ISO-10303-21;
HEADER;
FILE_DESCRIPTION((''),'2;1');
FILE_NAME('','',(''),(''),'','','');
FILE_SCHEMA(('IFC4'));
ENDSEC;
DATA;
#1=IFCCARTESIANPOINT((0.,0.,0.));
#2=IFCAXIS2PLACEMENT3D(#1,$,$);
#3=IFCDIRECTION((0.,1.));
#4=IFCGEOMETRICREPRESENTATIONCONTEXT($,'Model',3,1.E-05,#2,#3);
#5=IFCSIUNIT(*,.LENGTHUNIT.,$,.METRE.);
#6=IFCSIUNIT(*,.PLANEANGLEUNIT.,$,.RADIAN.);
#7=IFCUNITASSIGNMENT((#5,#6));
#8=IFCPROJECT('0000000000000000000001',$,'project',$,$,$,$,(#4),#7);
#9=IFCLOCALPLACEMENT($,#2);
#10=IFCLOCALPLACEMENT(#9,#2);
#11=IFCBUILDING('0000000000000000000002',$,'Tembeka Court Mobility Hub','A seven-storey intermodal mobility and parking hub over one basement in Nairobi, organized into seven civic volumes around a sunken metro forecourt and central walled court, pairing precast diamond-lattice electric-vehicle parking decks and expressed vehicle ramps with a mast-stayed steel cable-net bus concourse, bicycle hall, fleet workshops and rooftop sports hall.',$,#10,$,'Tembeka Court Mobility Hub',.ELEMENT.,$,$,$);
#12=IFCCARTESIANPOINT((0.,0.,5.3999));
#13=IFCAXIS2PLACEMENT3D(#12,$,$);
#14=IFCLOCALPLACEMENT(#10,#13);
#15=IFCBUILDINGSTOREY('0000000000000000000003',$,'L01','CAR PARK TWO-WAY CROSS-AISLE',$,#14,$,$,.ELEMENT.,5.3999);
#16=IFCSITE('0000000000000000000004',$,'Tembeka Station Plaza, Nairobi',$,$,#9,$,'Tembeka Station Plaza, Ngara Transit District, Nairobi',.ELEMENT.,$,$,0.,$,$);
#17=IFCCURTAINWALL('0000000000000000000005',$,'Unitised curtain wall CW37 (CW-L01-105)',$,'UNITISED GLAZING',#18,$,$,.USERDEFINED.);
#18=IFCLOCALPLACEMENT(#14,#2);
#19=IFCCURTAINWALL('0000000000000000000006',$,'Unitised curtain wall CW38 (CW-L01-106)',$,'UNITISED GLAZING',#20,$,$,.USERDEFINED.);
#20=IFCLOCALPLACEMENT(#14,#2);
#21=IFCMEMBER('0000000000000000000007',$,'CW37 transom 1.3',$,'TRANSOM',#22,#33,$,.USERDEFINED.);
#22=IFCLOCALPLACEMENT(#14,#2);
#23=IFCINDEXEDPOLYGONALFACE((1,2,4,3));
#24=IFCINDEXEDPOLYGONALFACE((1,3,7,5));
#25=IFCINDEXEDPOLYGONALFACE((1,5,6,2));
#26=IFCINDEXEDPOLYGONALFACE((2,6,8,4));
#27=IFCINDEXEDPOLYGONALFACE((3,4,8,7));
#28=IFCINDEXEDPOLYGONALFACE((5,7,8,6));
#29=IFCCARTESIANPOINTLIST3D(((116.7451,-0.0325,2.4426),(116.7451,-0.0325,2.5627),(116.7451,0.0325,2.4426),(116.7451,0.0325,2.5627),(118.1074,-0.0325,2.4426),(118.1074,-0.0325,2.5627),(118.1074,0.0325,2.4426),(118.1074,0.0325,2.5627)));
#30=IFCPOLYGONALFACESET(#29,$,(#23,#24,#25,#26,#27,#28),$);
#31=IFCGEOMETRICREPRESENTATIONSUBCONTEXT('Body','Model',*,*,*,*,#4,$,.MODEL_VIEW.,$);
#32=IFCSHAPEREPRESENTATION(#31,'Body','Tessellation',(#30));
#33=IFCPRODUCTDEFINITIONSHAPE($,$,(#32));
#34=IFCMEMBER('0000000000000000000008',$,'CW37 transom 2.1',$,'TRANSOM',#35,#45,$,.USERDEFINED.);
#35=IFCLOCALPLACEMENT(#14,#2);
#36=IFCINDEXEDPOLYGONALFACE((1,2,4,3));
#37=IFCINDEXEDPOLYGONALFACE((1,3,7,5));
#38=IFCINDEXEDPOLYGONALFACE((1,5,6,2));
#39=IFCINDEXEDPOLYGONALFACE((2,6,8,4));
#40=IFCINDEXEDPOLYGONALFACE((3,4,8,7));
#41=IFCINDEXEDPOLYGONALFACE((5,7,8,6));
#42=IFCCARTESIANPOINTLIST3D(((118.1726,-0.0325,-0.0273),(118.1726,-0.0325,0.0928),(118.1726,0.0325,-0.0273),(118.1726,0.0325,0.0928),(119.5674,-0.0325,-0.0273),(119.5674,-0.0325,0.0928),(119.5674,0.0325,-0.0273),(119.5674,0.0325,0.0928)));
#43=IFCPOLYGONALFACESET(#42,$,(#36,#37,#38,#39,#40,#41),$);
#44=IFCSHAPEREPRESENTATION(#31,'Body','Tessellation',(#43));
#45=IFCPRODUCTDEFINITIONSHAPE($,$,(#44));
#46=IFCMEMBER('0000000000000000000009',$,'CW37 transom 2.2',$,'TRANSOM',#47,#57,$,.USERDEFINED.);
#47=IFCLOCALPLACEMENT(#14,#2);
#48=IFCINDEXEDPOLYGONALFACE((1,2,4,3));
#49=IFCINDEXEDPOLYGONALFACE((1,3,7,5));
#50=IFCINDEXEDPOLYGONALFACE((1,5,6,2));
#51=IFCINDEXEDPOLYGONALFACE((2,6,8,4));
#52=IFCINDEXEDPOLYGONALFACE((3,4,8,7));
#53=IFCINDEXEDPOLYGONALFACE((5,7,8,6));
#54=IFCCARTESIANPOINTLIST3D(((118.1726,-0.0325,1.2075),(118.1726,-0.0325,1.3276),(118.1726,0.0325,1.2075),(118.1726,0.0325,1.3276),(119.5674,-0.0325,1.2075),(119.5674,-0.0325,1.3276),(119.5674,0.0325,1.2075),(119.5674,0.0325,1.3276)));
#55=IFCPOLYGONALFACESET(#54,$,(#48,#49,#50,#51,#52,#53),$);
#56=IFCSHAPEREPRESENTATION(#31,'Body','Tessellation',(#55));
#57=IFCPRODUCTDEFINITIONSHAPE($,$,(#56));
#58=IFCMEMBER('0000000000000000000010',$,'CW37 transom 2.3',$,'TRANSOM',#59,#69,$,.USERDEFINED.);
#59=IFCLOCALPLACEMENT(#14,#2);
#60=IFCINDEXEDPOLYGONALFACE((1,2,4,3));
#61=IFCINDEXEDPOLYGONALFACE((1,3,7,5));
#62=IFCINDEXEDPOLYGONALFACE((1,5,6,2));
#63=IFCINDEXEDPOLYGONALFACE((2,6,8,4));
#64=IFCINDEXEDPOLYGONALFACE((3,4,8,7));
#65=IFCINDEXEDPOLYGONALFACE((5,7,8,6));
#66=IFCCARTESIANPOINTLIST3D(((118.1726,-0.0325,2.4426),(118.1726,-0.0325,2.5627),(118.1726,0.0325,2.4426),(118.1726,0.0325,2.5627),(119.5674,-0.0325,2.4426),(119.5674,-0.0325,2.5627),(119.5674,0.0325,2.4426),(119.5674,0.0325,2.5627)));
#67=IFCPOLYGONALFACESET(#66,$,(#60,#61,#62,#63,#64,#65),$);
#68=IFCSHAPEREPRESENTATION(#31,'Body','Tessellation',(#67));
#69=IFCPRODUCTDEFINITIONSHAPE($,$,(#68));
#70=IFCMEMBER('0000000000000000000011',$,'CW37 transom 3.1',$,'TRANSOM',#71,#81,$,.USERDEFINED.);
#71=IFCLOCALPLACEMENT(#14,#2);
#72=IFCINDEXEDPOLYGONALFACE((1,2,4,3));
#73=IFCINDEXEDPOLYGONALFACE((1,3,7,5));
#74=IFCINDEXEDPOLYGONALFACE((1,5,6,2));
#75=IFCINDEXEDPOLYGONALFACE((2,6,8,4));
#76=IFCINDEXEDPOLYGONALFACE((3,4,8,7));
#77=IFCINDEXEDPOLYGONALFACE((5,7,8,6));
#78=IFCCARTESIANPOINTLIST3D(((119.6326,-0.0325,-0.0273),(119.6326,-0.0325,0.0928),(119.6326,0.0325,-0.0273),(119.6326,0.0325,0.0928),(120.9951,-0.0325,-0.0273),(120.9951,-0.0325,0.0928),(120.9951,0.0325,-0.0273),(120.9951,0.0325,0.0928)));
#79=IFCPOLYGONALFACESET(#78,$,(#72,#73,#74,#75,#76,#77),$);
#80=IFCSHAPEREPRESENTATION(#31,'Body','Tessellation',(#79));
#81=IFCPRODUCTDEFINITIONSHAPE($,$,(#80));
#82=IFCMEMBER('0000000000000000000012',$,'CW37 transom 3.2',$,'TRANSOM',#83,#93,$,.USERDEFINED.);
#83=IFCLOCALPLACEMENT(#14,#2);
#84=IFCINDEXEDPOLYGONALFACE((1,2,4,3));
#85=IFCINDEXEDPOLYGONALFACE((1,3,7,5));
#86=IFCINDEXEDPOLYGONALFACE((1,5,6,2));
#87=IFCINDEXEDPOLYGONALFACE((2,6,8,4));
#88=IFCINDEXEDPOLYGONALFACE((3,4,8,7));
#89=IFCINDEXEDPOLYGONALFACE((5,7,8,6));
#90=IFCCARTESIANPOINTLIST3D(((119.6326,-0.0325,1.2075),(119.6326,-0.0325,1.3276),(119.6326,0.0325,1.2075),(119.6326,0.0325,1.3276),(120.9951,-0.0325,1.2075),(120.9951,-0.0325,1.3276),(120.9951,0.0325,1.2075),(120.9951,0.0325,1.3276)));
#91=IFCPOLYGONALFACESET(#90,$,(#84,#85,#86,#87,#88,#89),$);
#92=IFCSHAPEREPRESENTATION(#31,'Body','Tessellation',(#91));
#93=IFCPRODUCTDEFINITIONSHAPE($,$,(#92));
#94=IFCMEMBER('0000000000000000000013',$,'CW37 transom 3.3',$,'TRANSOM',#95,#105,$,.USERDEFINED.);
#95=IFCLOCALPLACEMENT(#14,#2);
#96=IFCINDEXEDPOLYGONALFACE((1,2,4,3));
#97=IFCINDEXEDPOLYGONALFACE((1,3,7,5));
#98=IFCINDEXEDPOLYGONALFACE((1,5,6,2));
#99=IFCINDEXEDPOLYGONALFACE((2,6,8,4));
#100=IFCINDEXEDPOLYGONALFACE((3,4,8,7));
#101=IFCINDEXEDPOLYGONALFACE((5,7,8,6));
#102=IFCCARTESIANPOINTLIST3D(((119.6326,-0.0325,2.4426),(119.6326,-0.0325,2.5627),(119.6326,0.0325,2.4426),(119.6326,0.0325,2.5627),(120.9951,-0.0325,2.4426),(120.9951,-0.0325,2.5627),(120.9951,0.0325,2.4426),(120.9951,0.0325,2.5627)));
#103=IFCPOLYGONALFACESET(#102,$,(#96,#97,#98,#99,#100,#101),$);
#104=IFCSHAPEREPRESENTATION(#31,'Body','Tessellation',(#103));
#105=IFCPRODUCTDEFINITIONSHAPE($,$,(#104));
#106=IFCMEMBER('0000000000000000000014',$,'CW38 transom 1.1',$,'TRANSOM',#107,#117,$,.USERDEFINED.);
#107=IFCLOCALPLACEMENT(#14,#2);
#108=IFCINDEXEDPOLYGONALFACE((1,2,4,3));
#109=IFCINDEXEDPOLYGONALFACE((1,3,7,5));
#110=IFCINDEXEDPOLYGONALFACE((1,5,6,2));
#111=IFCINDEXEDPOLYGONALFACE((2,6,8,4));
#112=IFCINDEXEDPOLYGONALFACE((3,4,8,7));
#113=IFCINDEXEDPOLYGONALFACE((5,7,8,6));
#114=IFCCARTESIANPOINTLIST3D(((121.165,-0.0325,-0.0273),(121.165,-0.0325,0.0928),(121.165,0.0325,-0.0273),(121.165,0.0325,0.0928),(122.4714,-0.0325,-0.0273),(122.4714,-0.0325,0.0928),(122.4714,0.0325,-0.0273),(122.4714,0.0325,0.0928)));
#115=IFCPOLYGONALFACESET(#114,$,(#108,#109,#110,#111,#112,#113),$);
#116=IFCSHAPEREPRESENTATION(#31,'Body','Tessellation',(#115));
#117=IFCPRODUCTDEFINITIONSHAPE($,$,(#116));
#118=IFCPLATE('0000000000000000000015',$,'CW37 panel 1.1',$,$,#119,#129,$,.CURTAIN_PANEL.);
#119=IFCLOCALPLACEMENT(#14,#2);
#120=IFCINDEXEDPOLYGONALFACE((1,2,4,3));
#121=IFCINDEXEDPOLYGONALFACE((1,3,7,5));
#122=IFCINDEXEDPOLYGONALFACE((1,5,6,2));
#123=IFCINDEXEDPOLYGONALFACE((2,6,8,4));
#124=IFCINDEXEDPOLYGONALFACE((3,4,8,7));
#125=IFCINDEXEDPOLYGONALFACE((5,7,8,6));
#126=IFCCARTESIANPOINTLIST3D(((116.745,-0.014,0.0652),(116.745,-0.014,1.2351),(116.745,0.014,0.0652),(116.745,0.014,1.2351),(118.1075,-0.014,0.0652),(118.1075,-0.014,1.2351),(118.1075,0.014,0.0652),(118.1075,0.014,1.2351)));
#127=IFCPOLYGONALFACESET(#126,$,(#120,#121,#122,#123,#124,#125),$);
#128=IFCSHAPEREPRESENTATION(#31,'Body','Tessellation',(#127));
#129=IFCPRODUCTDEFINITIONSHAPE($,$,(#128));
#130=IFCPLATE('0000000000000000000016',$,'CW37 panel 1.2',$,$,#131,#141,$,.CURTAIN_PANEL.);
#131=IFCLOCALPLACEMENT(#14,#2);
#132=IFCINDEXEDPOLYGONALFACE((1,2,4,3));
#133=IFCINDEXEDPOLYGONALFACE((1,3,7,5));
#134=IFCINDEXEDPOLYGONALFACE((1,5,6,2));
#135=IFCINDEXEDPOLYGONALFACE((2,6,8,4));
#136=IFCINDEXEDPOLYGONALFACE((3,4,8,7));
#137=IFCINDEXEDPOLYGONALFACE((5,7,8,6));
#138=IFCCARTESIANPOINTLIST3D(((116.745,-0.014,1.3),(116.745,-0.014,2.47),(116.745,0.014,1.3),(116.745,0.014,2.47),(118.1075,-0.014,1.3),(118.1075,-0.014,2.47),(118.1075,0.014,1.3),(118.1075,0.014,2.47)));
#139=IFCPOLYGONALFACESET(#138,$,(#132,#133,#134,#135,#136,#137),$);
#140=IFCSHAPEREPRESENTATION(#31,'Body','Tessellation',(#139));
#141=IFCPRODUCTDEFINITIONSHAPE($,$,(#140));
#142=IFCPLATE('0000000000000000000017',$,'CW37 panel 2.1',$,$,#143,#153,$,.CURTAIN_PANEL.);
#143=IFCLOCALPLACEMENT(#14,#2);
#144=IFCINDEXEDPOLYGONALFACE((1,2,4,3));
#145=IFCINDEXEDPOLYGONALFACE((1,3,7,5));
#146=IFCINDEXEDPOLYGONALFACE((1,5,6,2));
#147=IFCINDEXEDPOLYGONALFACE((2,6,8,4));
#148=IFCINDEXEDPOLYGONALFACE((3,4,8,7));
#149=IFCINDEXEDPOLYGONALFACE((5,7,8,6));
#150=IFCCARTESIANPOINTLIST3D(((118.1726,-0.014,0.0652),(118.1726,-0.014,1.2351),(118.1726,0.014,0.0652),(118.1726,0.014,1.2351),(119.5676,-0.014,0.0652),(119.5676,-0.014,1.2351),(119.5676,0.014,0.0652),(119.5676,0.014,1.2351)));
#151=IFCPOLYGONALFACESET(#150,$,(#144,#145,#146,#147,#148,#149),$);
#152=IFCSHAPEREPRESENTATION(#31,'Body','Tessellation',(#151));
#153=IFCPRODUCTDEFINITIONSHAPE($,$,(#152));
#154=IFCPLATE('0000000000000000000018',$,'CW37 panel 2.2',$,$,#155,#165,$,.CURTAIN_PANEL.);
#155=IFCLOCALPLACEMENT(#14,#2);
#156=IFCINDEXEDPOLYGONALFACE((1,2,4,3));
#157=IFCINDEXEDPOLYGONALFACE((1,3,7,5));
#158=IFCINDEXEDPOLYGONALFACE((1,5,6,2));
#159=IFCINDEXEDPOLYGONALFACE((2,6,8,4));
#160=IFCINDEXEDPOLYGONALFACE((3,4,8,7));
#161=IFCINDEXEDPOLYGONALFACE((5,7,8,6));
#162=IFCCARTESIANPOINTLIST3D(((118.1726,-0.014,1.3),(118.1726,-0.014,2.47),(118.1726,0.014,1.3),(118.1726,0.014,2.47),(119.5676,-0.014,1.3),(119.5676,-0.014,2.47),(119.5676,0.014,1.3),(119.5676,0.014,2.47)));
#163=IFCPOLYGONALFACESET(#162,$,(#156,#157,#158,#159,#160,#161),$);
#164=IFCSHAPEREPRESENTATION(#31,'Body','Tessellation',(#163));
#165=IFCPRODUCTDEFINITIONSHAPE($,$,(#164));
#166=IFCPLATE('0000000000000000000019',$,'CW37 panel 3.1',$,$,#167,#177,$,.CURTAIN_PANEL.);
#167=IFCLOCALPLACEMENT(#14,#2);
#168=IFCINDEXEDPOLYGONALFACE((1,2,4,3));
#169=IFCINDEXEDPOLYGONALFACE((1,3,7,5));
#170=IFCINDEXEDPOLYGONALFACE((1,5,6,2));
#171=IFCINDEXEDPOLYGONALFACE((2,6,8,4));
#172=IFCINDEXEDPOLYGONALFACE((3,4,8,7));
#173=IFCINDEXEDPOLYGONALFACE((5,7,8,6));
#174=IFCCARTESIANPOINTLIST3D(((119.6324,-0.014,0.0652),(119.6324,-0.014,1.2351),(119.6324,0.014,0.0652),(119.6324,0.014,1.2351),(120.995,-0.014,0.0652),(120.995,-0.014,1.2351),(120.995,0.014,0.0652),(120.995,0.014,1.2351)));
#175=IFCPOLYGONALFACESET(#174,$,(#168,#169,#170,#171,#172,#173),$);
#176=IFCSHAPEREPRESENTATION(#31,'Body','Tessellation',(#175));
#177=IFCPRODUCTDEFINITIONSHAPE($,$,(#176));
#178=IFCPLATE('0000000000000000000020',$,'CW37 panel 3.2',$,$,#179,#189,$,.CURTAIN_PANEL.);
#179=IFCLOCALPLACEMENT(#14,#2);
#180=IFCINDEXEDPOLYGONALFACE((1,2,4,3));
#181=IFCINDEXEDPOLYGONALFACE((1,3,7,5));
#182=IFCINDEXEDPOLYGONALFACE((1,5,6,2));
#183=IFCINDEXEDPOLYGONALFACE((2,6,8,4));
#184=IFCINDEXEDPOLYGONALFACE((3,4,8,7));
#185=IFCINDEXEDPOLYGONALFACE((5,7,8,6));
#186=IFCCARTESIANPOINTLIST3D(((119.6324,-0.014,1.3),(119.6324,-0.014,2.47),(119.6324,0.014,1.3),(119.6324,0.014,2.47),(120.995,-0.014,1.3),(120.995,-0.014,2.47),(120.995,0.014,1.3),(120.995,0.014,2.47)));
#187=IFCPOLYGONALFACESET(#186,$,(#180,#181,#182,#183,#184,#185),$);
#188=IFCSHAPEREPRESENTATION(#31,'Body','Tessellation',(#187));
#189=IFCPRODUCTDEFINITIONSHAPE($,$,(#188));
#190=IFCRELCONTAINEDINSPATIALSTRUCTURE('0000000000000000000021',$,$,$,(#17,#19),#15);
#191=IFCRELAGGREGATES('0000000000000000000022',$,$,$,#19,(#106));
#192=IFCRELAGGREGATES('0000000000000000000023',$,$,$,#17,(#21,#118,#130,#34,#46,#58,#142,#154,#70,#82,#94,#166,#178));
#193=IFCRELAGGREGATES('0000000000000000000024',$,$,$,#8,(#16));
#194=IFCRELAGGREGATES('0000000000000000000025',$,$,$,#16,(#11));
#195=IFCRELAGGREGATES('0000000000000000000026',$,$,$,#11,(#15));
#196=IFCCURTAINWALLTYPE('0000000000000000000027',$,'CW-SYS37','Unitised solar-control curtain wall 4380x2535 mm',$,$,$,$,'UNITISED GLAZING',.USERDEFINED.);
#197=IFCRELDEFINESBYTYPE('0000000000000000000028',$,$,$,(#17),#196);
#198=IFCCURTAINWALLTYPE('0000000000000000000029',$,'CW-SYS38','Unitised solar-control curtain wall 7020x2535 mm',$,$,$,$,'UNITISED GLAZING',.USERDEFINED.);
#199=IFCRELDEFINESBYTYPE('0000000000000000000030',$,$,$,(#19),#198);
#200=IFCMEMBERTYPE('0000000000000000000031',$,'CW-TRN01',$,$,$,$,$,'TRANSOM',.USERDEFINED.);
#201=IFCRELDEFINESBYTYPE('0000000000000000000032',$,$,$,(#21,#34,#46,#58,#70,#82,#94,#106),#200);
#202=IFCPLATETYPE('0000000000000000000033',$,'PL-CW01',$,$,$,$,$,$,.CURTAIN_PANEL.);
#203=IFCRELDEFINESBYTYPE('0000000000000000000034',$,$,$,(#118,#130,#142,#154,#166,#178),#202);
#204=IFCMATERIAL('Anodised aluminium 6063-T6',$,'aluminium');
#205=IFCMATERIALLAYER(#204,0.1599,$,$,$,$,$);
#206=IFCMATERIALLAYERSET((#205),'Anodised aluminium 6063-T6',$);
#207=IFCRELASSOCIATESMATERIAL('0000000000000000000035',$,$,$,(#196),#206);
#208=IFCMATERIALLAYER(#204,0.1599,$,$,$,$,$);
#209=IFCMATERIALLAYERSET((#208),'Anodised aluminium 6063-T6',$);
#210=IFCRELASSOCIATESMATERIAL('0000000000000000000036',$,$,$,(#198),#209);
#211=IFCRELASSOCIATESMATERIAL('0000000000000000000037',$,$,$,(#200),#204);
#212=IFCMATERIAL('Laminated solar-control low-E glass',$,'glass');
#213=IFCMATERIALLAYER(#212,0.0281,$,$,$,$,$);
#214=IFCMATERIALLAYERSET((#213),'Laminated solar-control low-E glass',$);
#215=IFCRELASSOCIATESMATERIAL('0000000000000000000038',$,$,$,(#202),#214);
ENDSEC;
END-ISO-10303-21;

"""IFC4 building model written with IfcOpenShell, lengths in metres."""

from ifc_helpers import new_model, si_unit, direction, frame, origin, origin_2d, place, context, subcontext, project, spatial, rectangle, extrude, material, layer, layer_set, material_profile, profile_set, type_object, element, aggregate, save


model = new_model("IFC4")

# Units and contexts
model_context = context("Model", 3, precision=1e-05, world=origin(), true_north=direction((0.0, 1.0)))
body_context = subcontext(model_context, "Body", "Model", "MODEL_VIEW")
ifc_project = project(units=[si_unit("LENGTHUNIT", "METRE"), si_unit("PLANEANGLEUNIT", "RADIAN")], contexts=[model_context])

# Site, building, storey
site_placement = place(None, origin())
site = spatial("IfcSite", under=ifc_project, at=site_placement, Name="Tembeka Station Plaza, Nairobi", LongName="Tembeka Station Plaza, Ngara Transit District, Nairobi", CompositionType="ELEMENT", RefElevation=0.0)
building_placement = place(site_placement, origin())
building = spatial("IfcBuilding", under=site, at=building_placement, Name="Tembeka Court Mobility Hub", Description="A seven-storey intermodal mobility and parking hub over one basement in Nairobi, organized into seven civic volumes around a sunken metro forecourt and central walled court, pairing precast diamond-lattice electric-vehicle parking decks and expressed vehicle ramps with a mast-stayed steel cable-net bus concourse, bicycle hall, fleet workshops and rooftop sports hall.", LongName="Tembeka Court Mobility Hub", CompositionType="ELEMENT")
storey_placement = place(building_placement, frame((0.0, 0.0, 5.3999)))
storey = spatial("IfcBuildingStorey", under=building, at=storey_placement, Name="L01", Description="CAR PARK TWO-WAY CROSS-AISLE", CompositionType="ELEMENT", Elevation=5.3999)

# Curtain wall
ifc_material_1 = material(Name="Anodised aluminium 6063-T6", Category="aluminium")
ifc_layer_1 = layer(ifc_material_1, 0.1599)
ifc_layer_set_1 = layer_set([ifc_layer_1], Name="Anodised aluminium 6063-T6")
curtain_wall_type_1 = type_object("IfcCurtainWallType", Name="CW-SYS37", Description="Unitised solar-control curtain wall 4380x2535 mm", ElementType="UNITISED GLAZING", PredefinedType="USERDEFINED", material=ifc_layer_set_1)
curtain_wall_1_placement = place(storey_placement, origin())
curtain_wall_1 = element("IfcCurtainWall", 1, at=curtain_wall_1_placement, inside=storey, type_object=curtain_wall_type_1, Name="Unitised curtain wall CW37 (CW-L01-105)", ObjectType="UNITISED GLAZING", PredefinedType="USERDEFINED")

# Curtain wall
ifc_layer_2 = layer(ifc_material_1, 0.1599)
ifc_layer_set_2 = layer_set([ifc_layer_2], Name="Anodised aluminium 6063-T6")
curtain_wall_type_2 = type_object("IfcCurtainWallType", Name="CW-SYS38", Description="Unitised solar-control curtain wall 7020x2535 mm", ElementType="UNITISED GLAZING", PredefinedType="USERDEFINED", material=ifc_layer_set_2)
curtain_wall_2_placement = place(storey_placement, origin())
curtain_wall_2 = element("IfcCurtainWall", 2, at=curtain_wall_2_placement, inside=storey, type_object=curtain_wall_type_2, Name="Unitised curtain wall CW38 (CW-L01-106)", ObjectType="UNITISED GLAZING", PredefinedType="USERDEFINED")

# Members
ifc_material_profile_1 = material_profile(ifc_material_1, rectangle(XDim=0.0649, YDim=0.1201, at=origin_2d()), Name="ALU-TRN 65x120")
ifc_profile_set_1 = profile_set([ifc_material_profile_1], Name="Anodised aluminium 6063-T6")
member_type_1 = type_object("IfcMemberType", Name="CW-TRN01", ElementType="TRANSOM", PredefinedType="USERDEFINED", material=ifc_profile_set_1)
member_1_placement = place(storey_placement, frame((116.7451, 0.0, 2.5027), z_axis=(1.0, 0.0, 0.0), x_axis=(0.0, 1.0, 0.0)))
member_1 = element("IfcMember", 3, at=member_1_placement, type_object=member_type_1, Name="CW37 transom 1.3", ObjectType="TRANSOM", PredefinedType="USERDEFINED", context=body_context, shape_type="SweptSolid", body=[
    extrude(rectangle(XDim=0.0649, YDim=0.1201, at=origin_2d()), origin(), (0.0, 0.0, 1.0), 1.3623),
])
member_2_placement = place(storey_placement, frame((118.1726, 0.0, 0.0327), z_axis=(1.0, 0.0, 0.0), x_axis=(0.0, 1.0, 0.0)))
member_2 = element("IfcMember", 4, at=member_2_placement, type_object=member_type_1, Name="CW37 transom 2.1", ObjectType="TRANSOM", PredefinedType="USERDEFINED", context=body_context, shape_type="SweptSolid", body=[
    extrude(rectangle(XDim=0.0649, YDim=0.1201, at=origin_2d()), origin(), (0.0, 0.0, 1.0), 1.3948),
])
member_3_placement = place(storey_placement, frame((118.1726, 0.0, 1.2676), z_axis=(1.0, 0.0, 0.0), x_axis=(0.0, 1.0, 0.0)))
member_3 = element("IfcMember", 5, at=member_3_placement, type_object=member_type_1, Name="CW37 transom 2.2", ObjectType="TRANSOM", PredefinedType="USERDEFINED", context=body_context, shape_type="SweptSolid", body=[
    extrude(rectangle(XDim=0.0649, YDim=0.1201, at=origin_2d()), origin(), (0.0, 0.0, 1.0), 1.3948),
])
member_4_placement = place(storey_placement, frame((118.1726, 0.0, 2.5027), z_axis=(1.0, 0.0, 0.0), x_axis=(0.0, 1.0, 0.0)))
member_4 = element("IfcMember", 6, at=member_4_placement, type_object=member_type_1, Name="CW37 transom 2.3", ObjectType="TRANSOM", PredefinedType="USERDEFINED", context=body_context, shape_type="SweptSolid", body=[
    extrude(rectangle(XDim=0.0649, YDim=0.1201, at=origin_2d()), origin(), (0.0, 0.0, 1.0), 1.3948),
])
member_5_placement = place(storey_placement, frame((119.6326, 0.0, 0.0327), z_axis=(1.0, 0.0, 0.0), x_axis=(0.0, 1.0, 0.0)))
member_5 = element("IfcMember", 7, at=member_5_placement, type_object=member_type_1, Name="CW37 transom 3.1", ObjectType="TRANSOM", PredefinedType="USERDEFINED", context=body_context, shape_type="SweptSolid", body=[
    extrude(rectangle(XDim=0.0649, YDim=0.1201, at=origin_2d()), origin(), (0.0, 0.0, 1.0), 1.3625),
])
member_6_placement = place(storey_placement, frame((119.6326, 0.0, 1.2676), z_axis=(1.0, 0.0, 0.0), x_axis=(0.0, 1.0, 0.0)))
member_6 = element("IfcMember", 8, at=member_6_placement, type_object=member_type_1, Name="CW37 transom 3.2", ObjectType="TRANSOM", PredefinedType="USERDEFINED", context=body_context, shape_type="SweptSolid", body=[
    extrude(rectangle(XDim=0.0649, YDim=0.1201, at=origin_2d()), origin(), (0.0, 0.0, 1.0), 1.3625),
])
member_7_placement = place(storey_placement, frame((119.6326, 0.0, 2.5027), z_axis=(1.0, 0.0, 0.0), x_axis=(0.0, 1.0, 0.0)))
member_7 = element("IfcMember", 9, at=member_7_placement, type_object=member_type_1, Name="CW37 transom 3.3", ObjectType="TRANSOM", PredefinedType="USERDEFINED", context=body_context, shape_type="SweptSolid", body=[
    extrude(rectangle(XDim=0.0649, YDim=0.1201, at=origin_2d()), origin(), (0.0, 0.0, 1.0), 1.3625),
])
member_8_placement = place(storey_placement, frame((121.165, 0.0, 0.0327), z_axis=(1.0, 0.0, 0.0), x_axis=(0.0, 1.0, 0.0)))
member_8 = element("IfcMember", 10, at=member_8_placement, type_object=member_type_1, Name="CW38 transom 1.1", ObjectType="TRANSOM", PredefinedType="USERDEFINED", context=body_context, shape_type="SweptSolid", body=[
    extrude(rectangle(XDim=0.0649, YDim=0.1201, at=origin_2d()), origin(), (0.0, 0.0, 1.0), 1.3064),
])
aggregate(curtain_wall_2, [member_8])

# Plates
ifc_material_2 = material(Name="Laminated solar-control low-E glass", Category="glass")
ifc_layer_3 = layer(ifc_material_2, 0.0281)
ifc_layer_set_3 = layer_set([ifc_layer_3], Name="Laminated solar-control low-E glass")
plate_type = type_object("IfcPlateType", Name="PL-CW01", PredefinedType="CURTAIN_PANEL", material=ifc_layer_set_3)
plate_1_placement = place(storey_placement, frame((117.4263, 0.0, 0.0652), z_axis=(0.0, 0.0, 1.0), x_axis=(1.0, 0.0, 0.0)))
plate_1 = element("IfcPlate", 11, at=plate_1_placement, type_object=plate_type, Name="CW37 panel 1.1", PredefinedType="CURTAIN_PANEL", context=body_context, shape_type="SweptSolid", body=[
    extrude(rectangle(XDim=1.3625, YDim=0.0281, at=origin_2d()), origin(), (0.0, 0.0, 1.0), 1.1699),
])
plate_2_placement = place(storey_placement, frame((117.4263, 0.0, 1.3), z_axis=(0.0, 0.0, 1.0), x_axis=(1.0, 0.0, 0.0)))
plate_2 = element("IfcPlate", 12, at=plate_2_placement, type_object=plate_type, Name="CW37 panel 1.2", PredefinedType="CURTAIN_PANEL", context=body_context, shape_type="SweptSolid", body=[
    extrude(rectangle(XDim=1.3625, YDim=0.0281, at=origin_2d()), origin(), (0.0, 0.0, 1.0), 1.1699),
])
plate_3_placement = place(storey_placement, frame((118.8701, 0.0, 0.0652), z_axis=(0.0, 0.0, 1.0), x_axis=(1.0, 0.0, 0.0)))
plate_3 = element("IfcPlate", 13, at=plate_3_placement, type_object=plate_type, Name="CW37 panel 2.1", PredefinedType="CURTAIN_PANEL", context=body_context, shape_type="SweptSolid", body=[
    extrude(rectangle(XDim=1.395, YDim=0.0281, at=origin_2d()), origin(), (0.0, 0.0, 1.0), 1.1699),
])
plate_4_placement = place(storey_placement, frame((118.8701, 0.0, 1.3), z_axis=(0.0, 0.0, 1.0), x_axis=(1.0, 0.0, 0.0)))
plate_4 = element("IfcPlate", 14, at=plate_4_placement, type_object=plate_type, Name="CW37 panel 2.2", PredefinedType="CURTAIN_PANEL", context=body_context, shape_type="SweptSolid", body=[
    extrude(rectangle(XDim=1.395, YDim=0.0281, at=origin_2d()), origin(), (0.0, 0.0, 1.0), 1.1699),
])
plate_5_placement = place(storey_placement, frame((120.3137, 0.0, 0.0652), z_axis=(0.0, 0.0, 1.0), x_axis=(1.0, 0.0, 0.0)))
plate_5 = element("IfcPlate", 15, at=plate_5_placement, type_object=plate_type, Name="CW37 panel 3.1", PredefinedType="CURTAIN_PANEL", context=body_context, shape_type="SweptSolid", body=[
    extrude(rectangle(XDim=1.3625, YDim=0.0281, at=origin_2d()), origin(), (0.0, 0.0, 1.0), 1.1699),
])
plate_6_placement = place(storey_placement, frame((120.3137, 0.0, 1.3), z_axis=(0.0, 0.0, 1.0), x_axis=(1.0, 0.0, 0.0)))
plate_6 = element("IfcPlate", 16, at=plate_6_placement, type_object=plate_type, Name="CW37 panel 3.2", PredefinedType="CURTAIN_PANEL", context=body_context, shape_type="SweptSolid", body=[
    extrude(rectangle(XDim=1.3625, YDim=0.0281, at=origin_2d()), origin(), (0.0, 0.0, 1.0), 1.1699),
])
aggregate(curtain_wall_1, [member_1, plate_1, plate_2, member_2, member_3, member_4, plate_3, plate_4, member_5, member_6, member_7, plate_5, plate_6])

save(model, "model.ifc")
